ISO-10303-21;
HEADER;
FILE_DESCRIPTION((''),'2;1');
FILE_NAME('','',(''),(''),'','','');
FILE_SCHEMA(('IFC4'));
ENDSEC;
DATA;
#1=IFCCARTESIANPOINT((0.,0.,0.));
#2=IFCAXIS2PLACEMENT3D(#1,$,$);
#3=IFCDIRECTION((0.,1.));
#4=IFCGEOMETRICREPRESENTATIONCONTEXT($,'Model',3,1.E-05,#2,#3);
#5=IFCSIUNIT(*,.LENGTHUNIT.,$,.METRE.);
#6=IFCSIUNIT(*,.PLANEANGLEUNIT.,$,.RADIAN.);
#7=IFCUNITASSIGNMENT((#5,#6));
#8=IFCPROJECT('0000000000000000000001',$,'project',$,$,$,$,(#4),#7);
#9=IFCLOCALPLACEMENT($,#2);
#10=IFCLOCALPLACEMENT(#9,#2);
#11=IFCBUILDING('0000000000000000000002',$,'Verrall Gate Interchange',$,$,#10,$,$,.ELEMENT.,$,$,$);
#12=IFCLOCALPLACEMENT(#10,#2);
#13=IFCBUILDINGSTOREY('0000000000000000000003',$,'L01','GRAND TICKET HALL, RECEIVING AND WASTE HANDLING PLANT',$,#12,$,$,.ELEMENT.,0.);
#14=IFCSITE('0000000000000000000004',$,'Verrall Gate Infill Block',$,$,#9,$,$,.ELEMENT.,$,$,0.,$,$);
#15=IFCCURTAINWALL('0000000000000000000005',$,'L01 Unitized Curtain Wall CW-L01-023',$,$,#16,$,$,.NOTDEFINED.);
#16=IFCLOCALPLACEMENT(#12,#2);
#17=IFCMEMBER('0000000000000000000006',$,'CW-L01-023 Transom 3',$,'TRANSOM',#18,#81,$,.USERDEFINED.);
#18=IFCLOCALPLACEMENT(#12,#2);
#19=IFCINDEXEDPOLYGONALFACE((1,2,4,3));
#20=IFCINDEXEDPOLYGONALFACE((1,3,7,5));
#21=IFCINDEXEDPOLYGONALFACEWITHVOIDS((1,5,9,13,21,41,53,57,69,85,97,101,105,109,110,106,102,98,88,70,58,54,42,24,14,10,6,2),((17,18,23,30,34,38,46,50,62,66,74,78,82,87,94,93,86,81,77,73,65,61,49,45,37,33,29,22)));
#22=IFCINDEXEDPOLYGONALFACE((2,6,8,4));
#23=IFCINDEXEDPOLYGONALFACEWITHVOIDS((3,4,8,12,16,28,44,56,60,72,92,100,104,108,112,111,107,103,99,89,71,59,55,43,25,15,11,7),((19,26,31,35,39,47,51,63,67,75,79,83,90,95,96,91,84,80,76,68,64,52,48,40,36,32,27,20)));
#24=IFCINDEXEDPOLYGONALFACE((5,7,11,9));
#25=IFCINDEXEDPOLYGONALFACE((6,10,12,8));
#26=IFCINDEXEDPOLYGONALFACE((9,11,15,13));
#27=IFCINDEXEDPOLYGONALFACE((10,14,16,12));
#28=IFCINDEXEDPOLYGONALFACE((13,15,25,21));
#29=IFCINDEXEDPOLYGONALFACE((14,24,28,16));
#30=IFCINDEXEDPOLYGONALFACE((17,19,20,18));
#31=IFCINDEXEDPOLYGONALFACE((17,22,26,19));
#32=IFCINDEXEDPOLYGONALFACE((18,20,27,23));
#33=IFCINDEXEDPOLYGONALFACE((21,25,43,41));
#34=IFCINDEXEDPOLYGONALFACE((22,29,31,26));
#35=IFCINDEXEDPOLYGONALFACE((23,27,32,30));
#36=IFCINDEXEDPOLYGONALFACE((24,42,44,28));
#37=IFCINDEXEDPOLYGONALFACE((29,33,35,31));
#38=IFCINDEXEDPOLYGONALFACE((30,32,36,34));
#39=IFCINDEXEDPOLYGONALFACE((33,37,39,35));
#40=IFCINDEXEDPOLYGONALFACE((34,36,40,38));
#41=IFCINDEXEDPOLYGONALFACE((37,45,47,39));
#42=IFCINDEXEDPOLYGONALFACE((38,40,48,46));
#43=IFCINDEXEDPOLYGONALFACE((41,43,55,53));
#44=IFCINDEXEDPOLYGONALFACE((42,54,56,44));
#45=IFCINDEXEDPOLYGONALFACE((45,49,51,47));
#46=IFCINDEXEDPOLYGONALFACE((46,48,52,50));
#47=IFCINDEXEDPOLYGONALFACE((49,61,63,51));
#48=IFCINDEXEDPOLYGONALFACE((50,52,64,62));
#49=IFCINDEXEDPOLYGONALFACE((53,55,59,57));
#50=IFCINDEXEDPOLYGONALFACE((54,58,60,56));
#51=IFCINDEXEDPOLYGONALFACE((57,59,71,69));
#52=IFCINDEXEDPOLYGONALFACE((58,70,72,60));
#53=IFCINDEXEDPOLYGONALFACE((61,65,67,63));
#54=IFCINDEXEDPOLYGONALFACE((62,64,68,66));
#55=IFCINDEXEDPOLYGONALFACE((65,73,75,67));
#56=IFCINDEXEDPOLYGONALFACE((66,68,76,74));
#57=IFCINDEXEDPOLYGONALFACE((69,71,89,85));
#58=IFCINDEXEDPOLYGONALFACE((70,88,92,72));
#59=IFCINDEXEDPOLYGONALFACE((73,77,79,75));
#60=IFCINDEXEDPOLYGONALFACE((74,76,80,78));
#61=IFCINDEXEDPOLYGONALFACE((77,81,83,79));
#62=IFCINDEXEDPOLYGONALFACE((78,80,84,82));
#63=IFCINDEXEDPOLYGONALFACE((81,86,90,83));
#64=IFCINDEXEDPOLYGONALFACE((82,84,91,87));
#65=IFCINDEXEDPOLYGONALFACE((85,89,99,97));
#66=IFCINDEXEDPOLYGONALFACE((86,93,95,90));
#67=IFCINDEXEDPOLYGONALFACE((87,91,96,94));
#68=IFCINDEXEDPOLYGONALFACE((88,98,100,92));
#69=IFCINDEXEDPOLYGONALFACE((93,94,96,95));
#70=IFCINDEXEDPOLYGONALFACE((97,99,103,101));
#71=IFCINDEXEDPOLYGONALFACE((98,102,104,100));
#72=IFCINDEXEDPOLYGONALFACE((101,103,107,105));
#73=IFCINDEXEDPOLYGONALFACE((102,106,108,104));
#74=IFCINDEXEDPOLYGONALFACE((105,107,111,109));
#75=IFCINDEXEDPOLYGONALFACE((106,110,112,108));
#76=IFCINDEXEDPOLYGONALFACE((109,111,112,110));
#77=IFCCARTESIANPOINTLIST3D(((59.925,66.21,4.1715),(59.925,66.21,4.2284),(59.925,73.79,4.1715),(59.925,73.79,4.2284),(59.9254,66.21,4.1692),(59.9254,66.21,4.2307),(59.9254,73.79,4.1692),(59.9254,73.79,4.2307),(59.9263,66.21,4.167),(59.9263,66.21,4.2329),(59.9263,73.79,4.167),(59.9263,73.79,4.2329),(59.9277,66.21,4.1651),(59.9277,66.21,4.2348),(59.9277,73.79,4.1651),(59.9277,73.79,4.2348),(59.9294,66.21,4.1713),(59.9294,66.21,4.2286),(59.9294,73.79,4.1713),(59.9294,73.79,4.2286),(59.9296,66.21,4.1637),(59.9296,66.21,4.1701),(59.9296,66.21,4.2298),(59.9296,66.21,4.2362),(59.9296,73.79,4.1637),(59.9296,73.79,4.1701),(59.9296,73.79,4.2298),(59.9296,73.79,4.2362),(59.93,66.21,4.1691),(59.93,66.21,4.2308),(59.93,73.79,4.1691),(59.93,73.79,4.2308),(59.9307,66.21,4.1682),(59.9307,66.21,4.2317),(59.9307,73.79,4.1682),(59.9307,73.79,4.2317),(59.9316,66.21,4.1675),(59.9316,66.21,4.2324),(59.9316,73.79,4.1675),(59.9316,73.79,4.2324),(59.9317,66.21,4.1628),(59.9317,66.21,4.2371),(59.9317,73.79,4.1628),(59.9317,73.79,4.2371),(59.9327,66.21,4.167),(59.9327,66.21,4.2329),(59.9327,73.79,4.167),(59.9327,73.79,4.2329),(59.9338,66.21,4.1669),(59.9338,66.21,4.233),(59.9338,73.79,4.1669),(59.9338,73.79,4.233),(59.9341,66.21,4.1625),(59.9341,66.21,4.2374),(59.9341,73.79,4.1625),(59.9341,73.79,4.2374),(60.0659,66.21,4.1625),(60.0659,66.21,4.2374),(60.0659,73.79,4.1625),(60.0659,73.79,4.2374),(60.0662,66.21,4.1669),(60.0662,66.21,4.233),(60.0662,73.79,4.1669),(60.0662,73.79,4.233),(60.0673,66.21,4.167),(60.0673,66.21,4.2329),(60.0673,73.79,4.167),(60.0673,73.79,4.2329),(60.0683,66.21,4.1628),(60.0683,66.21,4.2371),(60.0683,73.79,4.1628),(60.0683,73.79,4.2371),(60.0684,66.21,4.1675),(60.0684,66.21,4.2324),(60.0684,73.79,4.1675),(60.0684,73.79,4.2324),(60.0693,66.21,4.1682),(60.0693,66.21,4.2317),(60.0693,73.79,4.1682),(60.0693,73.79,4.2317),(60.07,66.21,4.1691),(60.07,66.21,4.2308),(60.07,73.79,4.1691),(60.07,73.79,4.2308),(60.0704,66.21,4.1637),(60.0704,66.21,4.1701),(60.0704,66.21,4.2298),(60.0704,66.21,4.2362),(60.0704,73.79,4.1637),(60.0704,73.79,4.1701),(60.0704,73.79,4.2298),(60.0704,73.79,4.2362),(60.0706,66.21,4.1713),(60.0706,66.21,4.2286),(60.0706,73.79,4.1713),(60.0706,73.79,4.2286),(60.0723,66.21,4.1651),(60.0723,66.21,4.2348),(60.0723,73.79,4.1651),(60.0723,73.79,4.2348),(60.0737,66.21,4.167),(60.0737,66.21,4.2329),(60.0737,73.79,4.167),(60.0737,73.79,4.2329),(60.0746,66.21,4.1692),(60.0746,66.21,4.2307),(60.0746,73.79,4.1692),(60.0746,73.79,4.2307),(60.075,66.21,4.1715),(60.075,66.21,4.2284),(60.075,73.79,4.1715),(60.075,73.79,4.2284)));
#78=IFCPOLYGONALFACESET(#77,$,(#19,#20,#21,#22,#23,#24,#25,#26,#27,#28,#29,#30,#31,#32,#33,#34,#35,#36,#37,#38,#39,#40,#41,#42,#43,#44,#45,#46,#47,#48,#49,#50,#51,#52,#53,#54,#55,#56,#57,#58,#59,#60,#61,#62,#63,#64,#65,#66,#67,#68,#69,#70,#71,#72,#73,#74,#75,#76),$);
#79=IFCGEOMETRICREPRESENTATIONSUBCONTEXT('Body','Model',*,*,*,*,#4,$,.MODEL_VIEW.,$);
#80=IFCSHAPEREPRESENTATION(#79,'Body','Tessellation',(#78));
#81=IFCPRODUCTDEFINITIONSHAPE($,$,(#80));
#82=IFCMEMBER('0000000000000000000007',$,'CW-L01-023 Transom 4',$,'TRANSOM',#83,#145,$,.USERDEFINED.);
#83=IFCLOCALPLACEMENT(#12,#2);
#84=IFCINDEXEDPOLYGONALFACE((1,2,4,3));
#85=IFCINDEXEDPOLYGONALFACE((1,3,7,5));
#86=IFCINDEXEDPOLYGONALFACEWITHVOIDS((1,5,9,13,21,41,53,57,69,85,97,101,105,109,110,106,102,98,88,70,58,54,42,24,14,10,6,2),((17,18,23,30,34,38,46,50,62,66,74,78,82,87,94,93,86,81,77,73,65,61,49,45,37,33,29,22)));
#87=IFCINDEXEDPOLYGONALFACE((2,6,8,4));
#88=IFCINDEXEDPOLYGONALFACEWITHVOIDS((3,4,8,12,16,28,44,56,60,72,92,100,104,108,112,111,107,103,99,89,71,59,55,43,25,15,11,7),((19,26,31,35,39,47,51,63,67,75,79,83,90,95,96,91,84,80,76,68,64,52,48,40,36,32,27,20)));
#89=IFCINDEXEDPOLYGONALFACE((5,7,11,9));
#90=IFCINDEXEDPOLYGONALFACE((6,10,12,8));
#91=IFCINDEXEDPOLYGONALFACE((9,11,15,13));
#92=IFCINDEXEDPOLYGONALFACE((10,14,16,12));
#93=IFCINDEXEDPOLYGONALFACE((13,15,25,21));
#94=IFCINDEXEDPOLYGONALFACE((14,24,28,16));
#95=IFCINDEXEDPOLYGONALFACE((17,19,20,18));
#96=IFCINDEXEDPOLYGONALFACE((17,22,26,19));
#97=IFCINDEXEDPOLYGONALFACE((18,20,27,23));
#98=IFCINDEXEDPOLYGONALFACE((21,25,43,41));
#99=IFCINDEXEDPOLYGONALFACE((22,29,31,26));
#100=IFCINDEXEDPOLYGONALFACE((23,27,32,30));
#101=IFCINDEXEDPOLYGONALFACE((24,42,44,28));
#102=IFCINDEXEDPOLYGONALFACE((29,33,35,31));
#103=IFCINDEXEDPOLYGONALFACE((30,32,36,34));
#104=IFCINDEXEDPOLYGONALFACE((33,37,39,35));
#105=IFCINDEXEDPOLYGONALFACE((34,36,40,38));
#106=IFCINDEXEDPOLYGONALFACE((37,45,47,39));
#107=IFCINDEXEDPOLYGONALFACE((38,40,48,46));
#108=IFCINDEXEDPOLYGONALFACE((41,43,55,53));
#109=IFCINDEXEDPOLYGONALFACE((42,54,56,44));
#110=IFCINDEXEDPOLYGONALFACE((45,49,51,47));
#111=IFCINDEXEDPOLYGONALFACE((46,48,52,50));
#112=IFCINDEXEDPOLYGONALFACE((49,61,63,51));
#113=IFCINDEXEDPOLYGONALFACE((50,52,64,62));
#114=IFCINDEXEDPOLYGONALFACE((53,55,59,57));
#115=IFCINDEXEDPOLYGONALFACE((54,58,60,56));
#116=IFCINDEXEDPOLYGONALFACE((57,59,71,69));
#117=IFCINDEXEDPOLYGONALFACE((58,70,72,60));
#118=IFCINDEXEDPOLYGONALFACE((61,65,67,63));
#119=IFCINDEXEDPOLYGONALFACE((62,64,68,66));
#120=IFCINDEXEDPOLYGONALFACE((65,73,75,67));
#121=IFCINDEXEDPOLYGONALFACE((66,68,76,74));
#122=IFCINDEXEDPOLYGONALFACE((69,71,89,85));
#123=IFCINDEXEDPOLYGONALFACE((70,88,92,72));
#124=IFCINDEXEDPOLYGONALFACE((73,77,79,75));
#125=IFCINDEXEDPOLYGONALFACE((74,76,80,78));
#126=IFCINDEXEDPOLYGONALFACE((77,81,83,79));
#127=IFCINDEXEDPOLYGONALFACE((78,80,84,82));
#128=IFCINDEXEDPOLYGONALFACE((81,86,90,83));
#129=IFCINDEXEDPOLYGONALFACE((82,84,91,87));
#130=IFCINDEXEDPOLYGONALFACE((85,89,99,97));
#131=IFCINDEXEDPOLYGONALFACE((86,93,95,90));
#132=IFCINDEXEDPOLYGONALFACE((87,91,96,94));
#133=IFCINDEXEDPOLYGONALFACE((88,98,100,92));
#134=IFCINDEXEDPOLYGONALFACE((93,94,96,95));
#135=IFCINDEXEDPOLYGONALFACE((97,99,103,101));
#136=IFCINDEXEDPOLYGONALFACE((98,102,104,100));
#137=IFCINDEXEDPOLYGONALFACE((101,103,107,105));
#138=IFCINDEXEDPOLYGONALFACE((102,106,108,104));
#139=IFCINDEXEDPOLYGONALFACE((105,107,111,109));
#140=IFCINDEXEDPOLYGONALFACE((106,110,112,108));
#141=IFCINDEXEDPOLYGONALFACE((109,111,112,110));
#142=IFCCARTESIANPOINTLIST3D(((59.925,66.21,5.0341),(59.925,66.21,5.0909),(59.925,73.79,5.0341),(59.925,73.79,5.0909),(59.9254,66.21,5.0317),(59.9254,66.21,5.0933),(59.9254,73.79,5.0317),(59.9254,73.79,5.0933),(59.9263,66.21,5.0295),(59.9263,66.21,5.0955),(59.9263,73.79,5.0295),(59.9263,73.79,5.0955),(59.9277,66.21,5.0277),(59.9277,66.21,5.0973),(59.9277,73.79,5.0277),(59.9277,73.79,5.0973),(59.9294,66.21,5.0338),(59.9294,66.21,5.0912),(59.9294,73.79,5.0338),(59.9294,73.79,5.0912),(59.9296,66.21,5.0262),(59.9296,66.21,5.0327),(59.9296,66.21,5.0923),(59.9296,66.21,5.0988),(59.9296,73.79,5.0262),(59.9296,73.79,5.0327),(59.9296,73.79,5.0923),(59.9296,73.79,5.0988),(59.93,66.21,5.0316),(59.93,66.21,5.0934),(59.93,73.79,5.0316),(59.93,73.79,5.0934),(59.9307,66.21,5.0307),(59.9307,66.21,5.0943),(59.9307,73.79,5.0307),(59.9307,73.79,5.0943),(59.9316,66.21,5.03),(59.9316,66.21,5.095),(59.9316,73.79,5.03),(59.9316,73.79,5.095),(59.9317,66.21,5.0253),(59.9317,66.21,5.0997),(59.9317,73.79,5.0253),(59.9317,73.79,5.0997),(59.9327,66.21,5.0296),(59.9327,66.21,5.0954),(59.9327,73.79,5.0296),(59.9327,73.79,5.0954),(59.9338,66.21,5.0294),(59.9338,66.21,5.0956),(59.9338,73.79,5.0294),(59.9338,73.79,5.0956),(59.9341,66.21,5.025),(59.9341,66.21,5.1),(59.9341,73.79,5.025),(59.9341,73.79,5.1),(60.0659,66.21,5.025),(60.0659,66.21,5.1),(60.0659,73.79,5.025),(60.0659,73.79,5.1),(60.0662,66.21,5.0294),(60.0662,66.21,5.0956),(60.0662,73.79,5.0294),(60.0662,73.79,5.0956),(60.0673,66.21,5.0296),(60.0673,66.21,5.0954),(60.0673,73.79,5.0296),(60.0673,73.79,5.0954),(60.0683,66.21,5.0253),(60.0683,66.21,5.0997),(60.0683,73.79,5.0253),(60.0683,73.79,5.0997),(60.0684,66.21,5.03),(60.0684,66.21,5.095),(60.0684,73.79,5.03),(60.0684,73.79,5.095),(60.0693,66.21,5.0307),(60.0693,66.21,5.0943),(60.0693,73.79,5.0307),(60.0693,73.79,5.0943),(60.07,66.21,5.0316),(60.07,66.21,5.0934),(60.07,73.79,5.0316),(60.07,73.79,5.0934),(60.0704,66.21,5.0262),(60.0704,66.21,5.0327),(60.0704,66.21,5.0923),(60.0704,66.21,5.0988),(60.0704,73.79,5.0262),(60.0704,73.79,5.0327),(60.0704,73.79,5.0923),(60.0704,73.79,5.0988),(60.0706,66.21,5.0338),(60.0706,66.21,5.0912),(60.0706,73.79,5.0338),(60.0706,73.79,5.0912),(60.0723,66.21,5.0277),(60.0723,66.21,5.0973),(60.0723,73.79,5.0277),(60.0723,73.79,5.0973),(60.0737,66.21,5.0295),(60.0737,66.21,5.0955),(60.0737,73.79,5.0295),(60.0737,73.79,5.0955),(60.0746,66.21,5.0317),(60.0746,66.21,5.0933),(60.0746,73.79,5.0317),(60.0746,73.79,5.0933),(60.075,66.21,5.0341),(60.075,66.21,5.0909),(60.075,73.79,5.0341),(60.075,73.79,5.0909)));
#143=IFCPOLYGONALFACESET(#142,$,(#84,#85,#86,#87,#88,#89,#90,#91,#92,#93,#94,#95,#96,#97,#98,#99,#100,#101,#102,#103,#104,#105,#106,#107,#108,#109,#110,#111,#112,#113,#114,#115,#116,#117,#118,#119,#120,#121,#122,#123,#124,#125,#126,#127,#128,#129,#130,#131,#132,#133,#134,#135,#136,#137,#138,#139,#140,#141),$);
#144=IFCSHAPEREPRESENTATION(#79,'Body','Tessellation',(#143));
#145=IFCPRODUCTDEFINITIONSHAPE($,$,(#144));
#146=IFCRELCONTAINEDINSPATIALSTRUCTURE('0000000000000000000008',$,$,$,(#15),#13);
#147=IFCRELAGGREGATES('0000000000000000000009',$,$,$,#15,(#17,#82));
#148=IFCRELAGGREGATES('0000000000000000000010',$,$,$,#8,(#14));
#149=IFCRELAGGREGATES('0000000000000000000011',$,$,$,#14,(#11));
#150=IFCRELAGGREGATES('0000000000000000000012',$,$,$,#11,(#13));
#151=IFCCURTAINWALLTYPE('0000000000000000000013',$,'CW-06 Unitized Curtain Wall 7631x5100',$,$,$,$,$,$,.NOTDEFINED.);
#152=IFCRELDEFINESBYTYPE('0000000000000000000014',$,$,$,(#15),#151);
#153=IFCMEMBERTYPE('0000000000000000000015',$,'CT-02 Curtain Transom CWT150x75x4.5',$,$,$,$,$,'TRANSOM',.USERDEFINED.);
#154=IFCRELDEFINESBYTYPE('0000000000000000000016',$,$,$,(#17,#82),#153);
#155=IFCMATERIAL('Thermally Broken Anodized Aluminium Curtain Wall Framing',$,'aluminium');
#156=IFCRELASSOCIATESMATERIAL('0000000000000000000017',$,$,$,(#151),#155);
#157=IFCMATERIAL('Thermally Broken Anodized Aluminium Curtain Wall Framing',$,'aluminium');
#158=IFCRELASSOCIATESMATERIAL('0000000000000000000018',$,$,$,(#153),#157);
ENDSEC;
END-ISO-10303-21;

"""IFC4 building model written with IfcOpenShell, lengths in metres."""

from ifc_helpers import new_model, si_unit, direction, frame, origin, origin_2d, place, context, subcontext, project, spatial, hollow_rectangle, extrude, material, material_profile, profile_set, type_object, element, aggregate, save


model = new_model("IFC4")

# Units and contexts
model_context = context("Model", 3, precision=1e-05, world=origin(), true_north=direction((0.0, 1.0)))
body_context = subcontext(model_context, "Body", "Model", "MODEL_VIEW")
ifc_project = project(units=[si_unit("LENGTHUNIT", "METRE"), si_unit("PLANEANGLEUNIT", "RADIAN")], contexts=[model_context])

# Site, building, storey
site_placement = place(None, origin())
site = spatial("IfcSite", under=ifc_project, at=site_placement, Name="Verrall Gate Infill Block", CompositionType="ELEMENT", RefElevation=0.0)
building_placement = place(site_placement, origin())
building = spatial("IfcBuilding", under=site, at=building_placement, Name="Verrall Gate Interchange", CompositionType="ELEMENT")
storey_placement = place(building_placement, origin())
storey = spatial("IfcBuildingStorey", under=building, at=storey_placement, Name="L01", Description="GRAND TICKET HALL, RECEIVING AND WASTE HANDLING PLANT", CompositionType="ELEMENT", Elevation=0.0)

# Curtain wall
ifc_material_1 = material(Name="Thermally Broken Anodized Aluminium Curtain Wall Framing", Category="aluminium")
curtain_wall_type_1 = type_object("IfcCurtainWallType", Name="CW-06 Unitized Curtain Wall 7631x5100", PredefinedType="NOTDEFINED", material=ifc_material_1)
curtain_wall_1_placement = place(storey_placement, origin())
curtain_wall_1 = element("IfcCurtainWall", 1, at=curtain_wall_1_placement, inside=storey, type_object=curtain_wall_type_1, Name="L01 Unitized Curtain Wall CW-L01-023", PredefinedType="NOTDEFINED")

# Members
ifc_material_2 = material(Name="Thermally Broken Anodized Aluminium Curtain Wall Framing", Category="aluminium")
ifc_material_profile_1 = material_profile(ifc_material_2, hollow_rectangle(XDim=0.1499, YDim=0.075, WallThickness=0.0044, InnerFilletRadius=0.0044, OuterFilletRadius=0.009, at=origin_2d()), Name="CWT150x75x4.5")
ifc_profile_set_1 = profile_set([ifc_material_profile_1], Name="Thermally Broken Anodized Aluminium Curtain Wall Framing")
member_type_1 = type_object("IfcMemberType", Name="CT-02 Curtain Transom CWT150x75x4.5", ElementType="TRANSOM", PredefinedType="USERDEFINED", material=ifc_profile_set_1)
member_1_placement = place(storey_placement, frame((60.0, 73.79, 4.2), z_axis=(0.0, -1.0, 0.0), x_axis=(1.0, 0.0, 0.0)))
member_1 = element("IfcMember", 2, at=member_1_placement, type_object=member_type_1, Name="CW-L01-023 Transom 3", ObjectType="TRANSOM", PredefinedType="USERDEFINED", context=body_context, shape_type="SweptSolid", body=[
    extrude(hollow_rectangle(XDim=0.1499, YDim=0.075, WallThickness=0.0044, InnerFilletRadius=0.0044, OuterFilletRadius=0.009, at=origin_2d()), origin(), (0.0, 0.0, 1.0), 7.5801),
])
member_2_placement = place(storey_placement, frame((60.0, 73.79, 5.0625), z_axis=(0.0, -1.0, 0.0), x_axis=(1.0, 0.0, 0.0)))
member_2 = element("IfcMember", 3, at=member_2_placement, type_object=member_type_1, Name="CW-L01-023 Transom 4", ObjectType="TRANSOM", PredefinedType="USERDEFINED", context=body_context, shape_type="SweptSolid", body=[
    extrude(hollow_rectangle(XDim=0.1499, YDim=0.075, WallThickness=0.0044, InnerFilletRadius=0.0044, OuterFilletRadius=0.009, at=origin_2d()), origin(), (0.0, 0.0, 1.0), 7.5801),
])

aggregate(curtain_wall_1, [member_1, member_2])

save(model, "model.ifc")
